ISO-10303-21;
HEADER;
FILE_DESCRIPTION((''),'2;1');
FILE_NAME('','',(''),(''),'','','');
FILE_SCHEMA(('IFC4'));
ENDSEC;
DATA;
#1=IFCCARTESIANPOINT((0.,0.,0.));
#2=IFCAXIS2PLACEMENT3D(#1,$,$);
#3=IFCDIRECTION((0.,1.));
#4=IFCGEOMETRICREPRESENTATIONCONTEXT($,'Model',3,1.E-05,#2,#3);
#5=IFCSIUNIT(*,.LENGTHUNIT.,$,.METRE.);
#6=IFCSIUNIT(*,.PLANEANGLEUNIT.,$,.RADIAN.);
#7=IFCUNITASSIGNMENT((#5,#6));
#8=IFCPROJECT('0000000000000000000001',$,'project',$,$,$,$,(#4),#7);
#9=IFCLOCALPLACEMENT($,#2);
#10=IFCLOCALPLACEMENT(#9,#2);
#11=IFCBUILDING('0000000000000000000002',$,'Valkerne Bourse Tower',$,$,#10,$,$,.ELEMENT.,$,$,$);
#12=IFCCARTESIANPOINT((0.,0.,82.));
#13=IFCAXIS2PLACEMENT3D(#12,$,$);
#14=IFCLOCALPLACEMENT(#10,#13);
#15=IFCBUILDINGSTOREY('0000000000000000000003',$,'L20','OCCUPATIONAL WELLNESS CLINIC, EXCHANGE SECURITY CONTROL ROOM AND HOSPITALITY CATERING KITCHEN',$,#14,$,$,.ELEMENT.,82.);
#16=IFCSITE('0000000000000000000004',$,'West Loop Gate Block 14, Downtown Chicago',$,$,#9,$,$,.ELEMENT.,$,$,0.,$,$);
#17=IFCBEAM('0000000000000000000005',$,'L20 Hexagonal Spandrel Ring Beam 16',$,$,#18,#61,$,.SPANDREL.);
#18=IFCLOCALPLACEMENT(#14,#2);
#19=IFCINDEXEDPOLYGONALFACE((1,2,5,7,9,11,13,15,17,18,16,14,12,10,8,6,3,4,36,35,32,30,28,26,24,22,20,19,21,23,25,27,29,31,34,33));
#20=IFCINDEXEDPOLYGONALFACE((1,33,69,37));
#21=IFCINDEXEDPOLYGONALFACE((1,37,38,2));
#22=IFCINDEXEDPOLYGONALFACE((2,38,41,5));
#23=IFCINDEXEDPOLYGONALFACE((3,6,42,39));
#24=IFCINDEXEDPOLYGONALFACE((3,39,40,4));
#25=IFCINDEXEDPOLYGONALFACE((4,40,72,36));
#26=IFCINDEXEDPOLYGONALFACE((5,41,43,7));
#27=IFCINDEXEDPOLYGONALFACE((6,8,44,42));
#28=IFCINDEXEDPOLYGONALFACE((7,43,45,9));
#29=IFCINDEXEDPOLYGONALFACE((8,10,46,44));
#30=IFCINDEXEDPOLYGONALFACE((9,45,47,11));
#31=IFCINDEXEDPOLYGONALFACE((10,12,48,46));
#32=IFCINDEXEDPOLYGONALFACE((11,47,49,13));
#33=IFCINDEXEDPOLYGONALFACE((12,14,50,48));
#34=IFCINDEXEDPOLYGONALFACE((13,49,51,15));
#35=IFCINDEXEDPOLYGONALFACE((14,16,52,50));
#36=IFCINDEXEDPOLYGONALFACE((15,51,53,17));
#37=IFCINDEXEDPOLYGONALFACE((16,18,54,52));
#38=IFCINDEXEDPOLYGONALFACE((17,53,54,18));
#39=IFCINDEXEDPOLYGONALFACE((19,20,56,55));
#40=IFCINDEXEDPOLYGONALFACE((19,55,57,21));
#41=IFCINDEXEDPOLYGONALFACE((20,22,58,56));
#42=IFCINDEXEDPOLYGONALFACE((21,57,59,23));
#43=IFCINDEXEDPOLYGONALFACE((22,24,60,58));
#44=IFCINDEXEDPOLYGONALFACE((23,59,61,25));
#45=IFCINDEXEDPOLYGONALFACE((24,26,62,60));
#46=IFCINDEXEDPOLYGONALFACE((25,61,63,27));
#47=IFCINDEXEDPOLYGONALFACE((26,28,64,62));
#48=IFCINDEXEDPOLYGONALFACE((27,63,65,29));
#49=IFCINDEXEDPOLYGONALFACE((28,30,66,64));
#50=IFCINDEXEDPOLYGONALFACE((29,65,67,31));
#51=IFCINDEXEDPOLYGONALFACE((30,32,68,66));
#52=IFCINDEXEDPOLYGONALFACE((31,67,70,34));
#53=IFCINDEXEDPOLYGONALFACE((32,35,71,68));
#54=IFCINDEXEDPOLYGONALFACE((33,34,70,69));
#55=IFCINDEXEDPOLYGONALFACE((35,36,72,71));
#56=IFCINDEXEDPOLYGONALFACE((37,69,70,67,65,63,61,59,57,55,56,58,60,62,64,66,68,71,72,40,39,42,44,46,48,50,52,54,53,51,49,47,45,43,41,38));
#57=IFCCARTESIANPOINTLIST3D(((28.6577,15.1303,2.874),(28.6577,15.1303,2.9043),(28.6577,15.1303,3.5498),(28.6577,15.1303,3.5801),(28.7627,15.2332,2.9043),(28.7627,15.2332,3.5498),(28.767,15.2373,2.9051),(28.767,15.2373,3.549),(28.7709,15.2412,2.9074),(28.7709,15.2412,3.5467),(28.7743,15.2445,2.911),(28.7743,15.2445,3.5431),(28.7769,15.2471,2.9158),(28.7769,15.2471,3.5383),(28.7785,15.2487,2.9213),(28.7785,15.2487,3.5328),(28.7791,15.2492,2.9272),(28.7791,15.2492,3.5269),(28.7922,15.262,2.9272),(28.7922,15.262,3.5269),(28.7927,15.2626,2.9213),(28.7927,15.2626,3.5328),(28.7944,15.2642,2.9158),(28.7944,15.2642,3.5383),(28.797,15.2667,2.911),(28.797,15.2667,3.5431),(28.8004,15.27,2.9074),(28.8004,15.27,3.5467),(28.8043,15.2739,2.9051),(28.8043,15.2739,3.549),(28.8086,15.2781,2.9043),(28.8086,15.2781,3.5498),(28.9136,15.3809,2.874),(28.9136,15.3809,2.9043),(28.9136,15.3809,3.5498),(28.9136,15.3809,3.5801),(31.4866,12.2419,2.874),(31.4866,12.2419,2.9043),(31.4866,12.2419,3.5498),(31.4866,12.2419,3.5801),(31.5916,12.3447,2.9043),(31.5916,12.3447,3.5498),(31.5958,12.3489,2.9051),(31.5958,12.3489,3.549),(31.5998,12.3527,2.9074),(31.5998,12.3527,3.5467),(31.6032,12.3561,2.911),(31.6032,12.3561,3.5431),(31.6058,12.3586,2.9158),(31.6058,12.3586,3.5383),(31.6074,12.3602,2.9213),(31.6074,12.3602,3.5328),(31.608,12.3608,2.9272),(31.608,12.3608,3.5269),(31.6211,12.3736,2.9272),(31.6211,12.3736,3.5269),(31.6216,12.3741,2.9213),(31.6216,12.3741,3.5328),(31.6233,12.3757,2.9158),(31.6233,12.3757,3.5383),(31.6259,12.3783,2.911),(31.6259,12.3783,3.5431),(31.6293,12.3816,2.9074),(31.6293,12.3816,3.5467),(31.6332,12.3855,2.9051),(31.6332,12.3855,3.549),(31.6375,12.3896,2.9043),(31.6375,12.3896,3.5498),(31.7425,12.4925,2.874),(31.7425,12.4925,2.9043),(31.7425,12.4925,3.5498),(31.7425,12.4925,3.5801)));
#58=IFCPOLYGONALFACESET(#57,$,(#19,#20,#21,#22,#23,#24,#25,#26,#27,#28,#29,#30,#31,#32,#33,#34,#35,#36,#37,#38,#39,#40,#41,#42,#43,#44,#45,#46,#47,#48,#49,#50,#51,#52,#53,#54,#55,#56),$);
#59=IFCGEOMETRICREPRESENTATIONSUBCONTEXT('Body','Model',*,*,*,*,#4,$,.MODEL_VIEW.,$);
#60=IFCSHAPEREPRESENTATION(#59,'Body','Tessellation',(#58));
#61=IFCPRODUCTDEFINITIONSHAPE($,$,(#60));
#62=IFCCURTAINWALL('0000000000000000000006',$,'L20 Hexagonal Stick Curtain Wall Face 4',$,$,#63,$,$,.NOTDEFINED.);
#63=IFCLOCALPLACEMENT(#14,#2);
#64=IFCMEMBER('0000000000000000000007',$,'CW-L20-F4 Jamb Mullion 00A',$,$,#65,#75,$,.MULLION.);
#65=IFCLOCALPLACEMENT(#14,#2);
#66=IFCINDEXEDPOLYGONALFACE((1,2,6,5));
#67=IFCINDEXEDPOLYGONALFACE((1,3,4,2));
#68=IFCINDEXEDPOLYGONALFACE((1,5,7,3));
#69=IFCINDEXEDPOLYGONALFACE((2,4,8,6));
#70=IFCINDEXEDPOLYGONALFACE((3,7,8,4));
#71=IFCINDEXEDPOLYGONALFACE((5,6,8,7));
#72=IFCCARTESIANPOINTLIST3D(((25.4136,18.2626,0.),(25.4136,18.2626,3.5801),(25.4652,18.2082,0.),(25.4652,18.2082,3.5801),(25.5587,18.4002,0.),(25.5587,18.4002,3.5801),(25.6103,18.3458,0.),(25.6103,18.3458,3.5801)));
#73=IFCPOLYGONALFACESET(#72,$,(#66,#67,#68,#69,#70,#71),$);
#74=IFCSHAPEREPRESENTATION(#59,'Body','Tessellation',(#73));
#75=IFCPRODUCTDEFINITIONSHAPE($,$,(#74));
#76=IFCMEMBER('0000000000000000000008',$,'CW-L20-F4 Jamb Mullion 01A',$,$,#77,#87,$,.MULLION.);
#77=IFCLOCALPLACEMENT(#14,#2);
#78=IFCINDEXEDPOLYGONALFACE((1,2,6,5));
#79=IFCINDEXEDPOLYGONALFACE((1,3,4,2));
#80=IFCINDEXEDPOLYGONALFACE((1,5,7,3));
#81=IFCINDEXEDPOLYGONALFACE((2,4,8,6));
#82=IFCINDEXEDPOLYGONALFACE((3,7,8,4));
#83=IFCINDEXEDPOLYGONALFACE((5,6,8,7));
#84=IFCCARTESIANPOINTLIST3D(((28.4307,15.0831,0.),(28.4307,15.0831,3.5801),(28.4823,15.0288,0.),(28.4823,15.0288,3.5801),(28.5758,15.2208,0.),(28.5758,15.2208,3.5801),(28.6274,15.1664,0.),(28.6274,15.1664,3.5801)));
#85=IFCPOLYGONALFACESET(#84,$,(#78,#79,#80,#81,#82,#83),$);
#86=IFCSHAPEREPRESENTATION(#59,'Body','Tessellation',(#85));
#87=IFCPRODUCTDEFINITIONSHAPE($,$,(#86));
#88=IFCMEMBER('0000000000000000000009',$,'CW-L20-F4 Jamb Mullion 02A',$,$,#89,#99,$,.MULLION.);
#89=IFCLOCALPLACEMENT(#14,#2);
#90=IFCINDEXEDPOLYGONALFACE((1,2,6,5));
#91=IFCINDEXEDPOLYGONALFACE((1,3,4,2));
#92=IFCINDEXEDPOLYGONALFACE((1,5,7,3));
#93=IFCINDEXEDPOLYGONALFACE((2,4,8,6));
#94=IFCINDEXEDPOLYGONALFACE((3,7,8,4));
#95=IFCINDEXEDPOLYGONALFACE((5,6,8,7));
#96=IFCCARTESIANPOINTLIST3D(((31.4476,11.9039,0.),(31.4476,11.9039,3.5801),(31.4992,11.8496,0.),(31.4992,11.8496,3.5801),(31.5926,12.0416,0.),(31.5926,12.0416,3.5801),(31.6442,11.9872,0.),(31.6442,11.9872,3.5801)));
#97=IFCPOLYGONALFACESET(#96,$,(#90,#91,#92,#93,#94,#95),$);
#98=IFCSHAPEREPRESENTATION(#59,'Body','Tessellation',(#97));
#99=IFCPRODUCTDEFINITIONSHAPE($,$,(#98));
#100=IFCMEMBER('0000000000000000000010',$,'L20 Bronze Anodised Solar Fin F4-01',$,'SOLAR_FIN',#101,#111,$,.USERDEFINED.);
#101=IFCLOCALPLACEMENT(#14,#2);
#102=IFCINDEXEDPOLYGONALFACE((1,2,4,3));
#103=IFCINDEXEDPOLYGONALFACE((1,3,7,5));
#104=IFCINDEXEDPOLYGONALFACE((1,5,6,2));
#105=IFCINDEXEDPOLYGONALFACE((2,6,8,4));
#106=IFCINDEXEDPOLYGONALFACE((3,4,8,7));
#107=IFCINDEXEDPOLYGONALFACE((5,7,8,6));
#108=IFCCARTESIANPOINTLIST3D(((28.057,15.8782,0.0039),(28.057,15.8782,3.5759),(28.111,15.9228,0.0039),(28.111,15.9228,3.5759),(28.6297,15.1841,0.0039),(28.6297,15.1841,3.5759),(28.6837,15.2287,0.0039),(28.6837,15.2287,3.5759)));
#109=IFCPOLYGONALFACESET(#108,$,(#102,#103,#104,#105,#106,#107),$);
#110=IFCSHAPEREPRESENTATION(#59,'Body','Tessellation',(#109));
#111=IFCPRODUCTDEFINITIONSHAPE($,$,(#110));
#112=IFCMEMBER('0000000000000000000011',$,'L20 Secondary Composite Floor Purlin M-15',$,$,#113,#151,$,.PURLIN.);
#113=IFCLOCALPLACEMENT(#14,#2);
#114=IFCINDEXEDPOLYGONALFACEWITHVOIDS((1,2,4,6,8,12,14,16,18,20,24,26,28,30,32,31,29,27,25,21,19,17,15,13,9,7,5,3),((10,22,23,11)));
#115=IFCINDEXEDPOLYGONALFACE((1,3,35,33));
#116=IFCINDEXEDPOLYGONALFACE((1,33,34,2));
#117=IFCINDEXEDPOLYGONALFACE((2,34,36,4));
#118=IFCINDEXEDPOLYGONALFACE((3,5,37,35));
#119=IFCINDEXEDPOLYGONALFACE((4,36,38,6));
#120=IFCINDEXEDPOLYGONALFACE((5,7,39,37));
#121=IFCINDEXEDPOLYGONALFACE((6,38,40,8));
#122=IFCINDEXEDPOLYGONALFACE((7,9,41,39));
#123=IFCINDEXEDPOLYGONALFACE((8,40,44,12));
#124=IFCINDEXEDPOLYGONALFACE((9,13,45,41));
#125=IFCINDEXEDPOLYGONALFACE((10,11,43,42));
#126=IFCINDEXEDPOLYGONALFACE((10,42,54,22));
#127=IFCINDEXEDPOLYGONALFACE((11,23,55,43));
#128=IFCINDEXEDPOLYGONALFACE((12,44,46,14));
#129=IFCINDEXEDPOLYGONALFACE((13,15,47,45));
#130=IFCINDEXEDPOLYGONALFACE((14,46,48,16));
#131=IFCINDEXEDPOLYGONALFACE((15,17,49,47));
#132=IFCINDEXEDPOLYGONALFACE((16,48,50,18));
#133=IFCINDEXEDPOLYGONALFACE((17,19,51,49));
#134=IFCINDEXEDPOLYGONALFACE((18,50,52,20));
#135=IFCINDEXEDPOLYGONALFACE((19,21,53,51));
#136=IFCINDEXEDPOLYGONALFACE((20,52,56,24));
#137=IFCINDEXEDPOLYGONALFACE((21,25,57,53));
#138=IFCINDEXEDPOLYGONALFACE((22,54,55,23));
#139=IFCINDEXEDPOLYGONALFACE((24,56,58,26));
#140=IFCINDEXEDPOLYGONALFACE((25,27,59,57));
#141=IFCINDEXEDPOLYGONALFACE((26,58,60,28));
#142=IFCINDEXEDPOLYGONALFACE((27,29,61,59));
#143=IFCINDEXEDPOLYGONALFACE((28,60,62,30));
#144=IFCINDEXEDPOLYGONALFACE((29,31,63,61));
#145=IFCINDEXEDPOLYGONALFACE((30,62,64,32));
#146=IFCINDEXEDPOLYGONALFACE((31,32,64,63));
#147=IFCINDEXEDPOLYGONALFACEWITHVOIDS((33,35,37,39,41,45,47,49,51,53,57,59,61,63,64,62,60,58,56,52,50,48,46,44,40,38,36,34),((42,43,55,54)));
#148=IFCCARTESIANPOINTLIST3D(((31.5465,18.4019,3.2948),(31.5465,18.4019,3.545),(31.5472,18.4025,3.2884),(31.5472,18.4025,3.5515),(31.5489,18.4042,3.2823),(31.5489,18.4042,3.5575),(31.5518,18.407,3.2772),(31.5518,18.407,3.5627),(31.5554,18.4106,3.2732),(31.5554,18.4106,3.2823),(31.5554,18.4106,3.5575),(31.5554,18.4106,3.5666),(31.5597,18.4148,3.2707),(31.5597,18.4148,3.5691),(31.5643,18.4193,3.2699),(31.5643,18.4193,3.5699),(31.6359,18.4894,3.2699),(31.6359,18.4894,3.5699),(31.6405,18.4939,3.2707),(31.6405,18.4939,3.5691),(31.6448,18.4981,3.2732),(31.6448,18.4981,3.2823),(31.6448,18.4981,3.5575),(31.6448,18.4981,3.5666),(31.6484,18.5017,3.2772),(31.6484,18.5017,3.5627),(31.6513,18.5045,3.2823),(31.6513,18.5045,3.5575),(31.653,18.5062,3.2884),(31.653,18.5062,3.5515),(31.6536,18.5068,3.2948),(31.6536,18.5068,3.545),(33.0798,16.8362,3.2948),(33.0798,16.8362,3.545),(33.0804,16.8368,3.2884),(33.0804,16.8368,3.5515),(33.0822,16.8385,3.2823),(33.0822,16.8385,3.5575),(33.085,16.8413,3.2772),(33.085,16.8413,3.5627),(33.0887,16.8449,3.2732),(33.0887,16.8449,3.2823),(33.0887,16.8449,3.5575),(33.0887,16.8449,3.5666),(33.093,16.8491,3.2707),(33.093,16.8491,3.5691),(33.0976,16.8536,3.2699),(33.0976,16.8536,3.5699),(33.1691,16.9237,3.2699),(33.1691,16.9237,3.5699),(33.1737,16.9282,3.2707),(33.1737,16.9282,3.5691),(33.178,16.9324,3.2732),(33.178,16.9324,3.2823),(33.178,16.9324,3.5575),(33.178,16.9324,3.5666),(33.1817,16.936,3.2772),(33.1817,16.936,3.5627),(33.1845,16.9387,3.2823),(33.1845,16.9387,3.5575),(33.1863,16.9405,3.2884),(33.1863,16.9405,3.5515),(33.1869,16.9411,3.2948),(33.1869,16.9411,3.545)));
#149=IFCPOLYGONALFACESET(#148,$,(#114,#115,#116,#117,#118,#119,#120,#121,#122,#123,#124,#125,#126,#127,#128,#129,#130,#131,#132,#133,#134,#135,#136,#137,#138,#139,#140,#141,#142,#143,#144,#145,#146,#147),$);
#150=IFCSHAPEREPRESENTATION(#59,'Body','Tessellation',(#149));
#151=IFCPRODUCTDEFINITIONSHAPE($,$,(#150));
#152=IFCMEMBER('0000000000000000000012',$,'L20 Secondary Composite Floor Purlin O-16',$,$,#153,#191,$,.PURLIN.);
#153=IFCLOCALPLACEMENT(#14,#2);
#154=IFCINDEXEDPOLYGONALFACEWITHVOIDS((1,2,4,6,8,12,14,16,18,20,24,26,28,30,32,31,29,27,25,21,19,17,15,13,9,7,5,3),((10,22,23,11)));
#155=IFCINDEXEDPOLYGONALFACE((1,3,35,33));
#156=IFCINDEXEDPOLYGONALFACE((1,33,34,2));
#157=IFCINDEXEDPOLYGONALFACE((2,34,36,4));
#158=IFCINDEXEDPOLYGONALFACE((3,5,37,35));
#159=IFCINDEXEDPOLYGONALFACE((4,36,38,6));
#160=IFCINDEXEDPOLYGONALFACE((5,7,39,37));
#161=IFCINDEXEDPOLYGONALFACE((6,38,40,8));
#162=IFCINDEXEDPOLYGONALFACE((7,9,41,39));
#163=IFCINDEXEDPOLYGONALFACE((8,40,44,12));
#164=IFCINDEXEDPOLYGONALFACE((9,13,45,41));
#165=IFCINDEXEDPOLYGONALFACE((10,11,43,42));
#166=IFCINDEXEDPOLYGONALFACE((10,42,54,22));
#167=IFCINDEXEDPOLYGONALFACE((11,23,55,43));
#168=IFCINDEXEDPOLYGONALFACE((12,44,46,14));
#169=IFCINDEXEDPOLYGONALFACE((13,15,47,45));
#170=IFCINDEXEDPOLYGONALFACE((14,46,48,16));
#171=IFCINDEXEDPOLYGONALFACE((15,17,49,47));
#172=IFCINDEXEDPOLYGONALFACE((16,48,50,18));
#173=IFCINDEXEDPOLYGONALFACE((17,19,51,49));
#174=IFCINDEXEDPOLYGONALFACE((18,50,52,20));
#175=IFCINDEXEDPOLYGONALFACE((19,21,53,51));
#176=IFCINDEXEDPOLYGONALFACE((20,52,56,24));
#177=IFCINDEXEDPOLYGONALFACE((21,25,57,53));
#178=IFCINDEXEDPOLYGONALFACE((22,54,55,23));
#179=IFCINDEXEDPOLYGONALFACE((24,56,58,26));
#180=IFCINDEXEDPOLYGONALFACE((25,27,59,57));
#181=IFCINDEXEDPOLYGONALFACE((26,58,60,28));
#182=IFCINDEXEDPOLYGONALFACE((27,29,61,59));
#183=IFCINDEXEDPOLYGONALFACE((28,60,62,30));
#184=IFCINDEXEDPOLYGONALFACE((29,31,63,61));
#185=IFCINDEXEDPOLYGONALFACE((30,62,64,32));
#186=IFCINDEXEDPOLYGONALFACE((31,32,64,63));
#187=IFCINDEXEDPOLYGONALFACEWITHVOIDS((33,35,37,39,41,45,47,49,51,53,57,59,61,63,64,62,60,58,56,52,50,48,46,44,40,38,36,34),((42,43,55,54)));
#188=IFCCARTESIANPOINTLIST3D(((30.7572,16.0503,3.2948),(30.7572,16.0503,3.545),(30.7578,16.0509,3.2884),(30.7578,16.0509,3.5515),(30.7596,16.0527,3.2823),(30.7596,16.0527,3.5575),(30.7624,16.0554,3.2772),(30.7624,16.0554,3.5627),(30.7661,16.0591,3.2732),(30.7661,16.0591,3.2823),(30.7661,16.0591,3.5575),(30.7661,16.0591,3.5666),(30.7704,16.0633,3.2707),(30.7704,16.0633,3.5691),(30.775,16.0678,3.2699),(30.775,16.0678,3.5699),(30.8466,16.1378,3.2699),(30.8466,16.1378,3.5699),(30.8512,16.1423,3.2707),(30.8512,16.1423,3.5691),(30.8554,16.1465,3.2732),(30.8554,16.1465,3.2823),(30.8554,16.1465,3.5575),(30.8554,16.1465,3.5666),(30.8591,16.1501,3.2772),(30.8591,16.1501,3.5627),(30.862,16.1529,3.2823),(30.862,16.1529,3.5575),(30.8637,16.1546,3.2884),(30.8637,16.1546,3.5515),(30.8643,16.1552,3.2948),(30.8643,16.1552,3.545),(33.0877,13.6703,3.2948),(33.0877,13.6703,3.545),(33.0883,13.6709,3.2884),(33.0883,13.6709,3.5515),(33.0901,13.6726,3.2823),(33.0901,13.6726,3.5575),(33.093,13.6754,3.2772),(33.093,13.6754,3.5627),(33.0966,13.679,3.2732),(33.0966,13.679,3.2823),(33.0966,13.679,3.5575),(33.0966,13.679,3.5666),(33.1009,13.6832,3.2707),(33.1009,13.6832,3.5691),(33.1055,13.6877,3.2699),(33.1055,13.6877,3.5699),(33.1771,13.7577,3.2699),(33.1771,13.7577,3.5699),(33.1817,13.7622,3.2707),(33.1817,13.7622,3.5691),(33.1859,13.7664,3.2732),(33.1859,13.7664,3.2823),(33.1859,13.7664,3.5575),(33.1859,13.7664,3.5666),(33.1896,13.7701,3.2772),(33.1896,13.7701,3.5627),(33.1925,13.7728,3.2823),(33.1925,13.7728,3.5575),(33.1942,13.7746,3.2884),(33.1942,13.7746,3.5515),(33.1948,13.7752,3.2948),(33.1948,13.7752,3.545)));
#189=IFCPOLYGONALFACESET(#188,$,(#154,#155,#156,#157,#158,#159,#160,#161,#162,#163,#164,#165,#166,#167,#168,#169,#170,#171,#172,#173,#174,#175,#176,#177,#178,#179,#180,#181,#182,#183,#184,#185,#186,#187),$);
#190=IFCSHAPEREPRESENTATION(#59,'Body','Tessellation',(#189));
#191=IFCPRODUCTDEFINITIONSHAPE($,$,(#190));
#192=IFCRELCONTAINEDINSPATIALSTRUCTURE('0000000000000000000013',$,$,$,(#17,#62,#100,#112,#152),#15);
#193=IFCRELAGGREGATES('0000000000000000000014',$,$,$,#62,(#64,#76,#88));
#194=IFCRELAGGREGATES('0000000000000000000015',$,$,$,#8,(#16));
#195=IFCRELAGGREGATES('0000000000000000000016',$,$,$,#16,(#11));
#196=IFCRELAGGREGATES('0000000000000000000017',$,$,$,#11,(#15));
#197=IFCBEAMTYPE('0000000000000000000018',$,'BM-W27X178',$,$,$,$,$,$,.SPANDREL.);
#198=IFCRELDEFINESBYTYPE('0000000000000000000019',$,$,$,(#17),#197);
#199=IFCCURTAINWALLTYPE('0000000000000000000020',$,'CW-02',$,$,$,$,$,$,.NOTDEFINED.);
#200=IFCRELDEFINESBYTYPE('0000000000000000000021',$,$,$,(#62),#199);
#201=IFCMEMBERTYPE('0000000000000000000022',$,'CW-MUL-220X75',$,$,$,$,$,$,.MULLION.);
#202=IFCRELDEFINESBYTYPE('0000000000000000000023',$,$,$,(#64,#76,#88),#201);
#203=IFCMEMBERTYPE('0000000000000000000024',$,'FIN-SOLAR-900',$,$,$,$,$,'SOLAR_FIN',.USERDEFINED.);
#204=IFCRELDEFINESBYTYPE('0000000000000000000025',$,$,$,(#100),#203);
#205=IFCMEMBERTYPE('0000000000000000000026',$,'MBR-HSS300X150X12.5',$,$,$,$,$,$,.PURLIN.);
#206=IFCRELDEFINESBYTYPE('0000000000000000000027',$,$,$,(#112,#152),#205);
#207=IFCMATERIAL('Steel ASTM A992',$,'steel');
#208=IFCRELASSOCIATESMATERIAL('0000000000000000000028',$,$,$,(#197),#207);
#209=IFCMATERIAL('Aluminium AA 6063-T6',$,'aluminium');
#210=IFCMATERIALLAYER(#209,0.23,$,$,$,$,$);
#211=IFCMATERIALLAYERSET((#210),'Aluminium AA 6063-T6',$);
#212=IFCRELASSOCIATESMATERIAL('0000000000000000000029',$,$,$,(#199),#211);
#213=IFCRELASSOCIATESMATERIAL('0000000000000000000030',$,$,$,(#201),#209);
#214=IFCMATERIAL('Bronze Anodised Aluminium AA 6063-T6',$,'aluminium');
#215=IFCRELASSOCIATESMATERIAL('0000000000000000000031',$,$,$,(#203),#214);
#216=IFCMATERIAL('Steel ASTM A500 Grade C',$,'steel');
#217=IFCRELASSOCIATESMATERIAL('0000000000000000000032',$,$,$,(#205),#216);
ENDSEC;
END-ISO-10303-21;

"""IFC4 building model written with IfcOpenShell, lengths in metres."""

from ifc_helpers import new_model, si_unit, direction, frame, origin, origin_2d, place, context, subcontext, project, spatial, rectangle, hollow_rectangle, i_section, extrude, material, layer, layer_set, material_profile, profile_set, type_object, element, aggregate, save


model = new_model("IFC4")

# Units and contexts
model_context = context("Model", 3, precision=1e-05, world=origin(), true_north=direction((0.0, 1.0)))
body_context = subcontext(model_context, "Body", "Model", "MODEL_VIEW")
ifc_project = project(units=[si_unit("LENGTHUNIT", "METRE"), si_unit("PLANEANGLEUNIT", "RADIAN")], contexts=[model_context])

# Site, building, storey
site_placement = place(None, origin())
site = spatial("IfcSite", under=ifc_project, at=site_placement, Name="West Loop Gate Block 14, Downtown Chicago", CompositionType="ELEMENT", RefElevation=0.0)
building_placement = place(site_placement, origin())
building = spatial("IfcBuilding", under=site, at=building_placement, Name="Valkerne Bourse Tower", CompositionType="ELEMENT")
storey_placement = place(building_placement, frame((0.0, 0.0, 82.0)))
storey = spatial("IfcBuildingStorey", under=building, at=storey_placement, Name="L20", Description="OCCUPATIONAL WELLNESS CLINIC, EXCHANGE SECURITY CONTROL ROOM AND HOSPITALITY CATERING KITCHEN", CompositionType="ELEMENT", Elevation=82.0)

# Beam
ifc_material_1 = material(Name="Steel ASTM A992", Category="steel")
ifc_material_profile_1 = material_profile(ifc_material_1, i_section(OverallWidth=0.3582, OverallDepth=0.7061, WebThickness=0.0183, FlangeThickness=0.0303, FilletRadius=0.0229, at=origin_2d()), Name="W27X178")
ifc_profile_set_1 = profile_set([ifc_material_profile_1], Name="Steel ASTM A992")
beam_type_1 = type_object("IfcBeamType", Name="BM-W27X178", PredefinedType="SPANDREL", material=ifc_profile_set_1)
for number, where, z_axis, x_axis, name in (
    (1, (28.7856, 15.2556, 3.2271), (0.699701, -0.714436, 0.0), (0.714436, 0.699701, 0.0), "L20 Hexagonal Spandrel Ring Beam 16"),
):
    element("IfcBeam", number, at=place(storey_placement, frame(where, z_axis=z_axis, x_axis=x_axis)), inside=storey, type_object=beam_type_1, Name=name, PredefinedType="SPANDREL", context=body_context, shape_type="SweptSolid", body=[
        extrude(i_section(OverallWidth=0.3582, OverallDepth=0.7061, WebThickness=0.0183, FlangeThickness=0.0303, FilletRadius=0.0229, at=origin_2d()), origin(), (0.0, 0.0, 1.0), 4.043),
    ])

# Curtain wall, members
ifc_material_2 = material(Name="Aluminium AA 6063-T6", Category="aluminium")
ifc_layer_1 = layer(ifc_material_2, 0.23)
ifc_layer_set_1 = layer_set([ifc_layer_1], Name="Aluminium AA 6063-T6")
curtain_wall_type = type_object("IfcCurtainWallType", Name="CW-02", PredefinedType="NOTDEFINED", material=ifc_layer_set_1)
curtain_wall_placement = place(storey_placement, origin())
curtain_wall = element("IfcCurtainWall", 2, at=curtain_wall_placement, inside=storey, type_object=curtain_wall_type, Name="L20 Hexagonal Stick Curtain Wall Face 4", PredefinedType="NOTDEFINED")
ifc_material_profile_2 = material_profile(ifc_material_2, rectangle(XDim=0.075, YDim=0.2, at=origin_2d()), Name="CWM-75X200")
ifc_profile_set_2 = profile_set([ifc_material_profile_2], Name="Aluminium AA 6063-T6")
member_type_1 = type_object("IfcMemberType", Name="CW-MUL-220X75", PredefinedType="MULLION", material=ifc_profile_set_2)
member_1_placement = place(storey_placement, frame((25.512, 18.3042, 0.0), z_axis=(0.0, 0.0, 1.0), x_axis=(0.688361, -0.725368, 0.0)))
member_1 = element("IfcMember", 3, at=member_1_placement, type_object=member_type_1, Name="CW-L20-F4 Jamb Mullion 00A", PredefinedType="MULLION", context=body_context, shape_type="SweptSolid", body=[
    extrude(rectangle(XDim=0.075, YDim=0.2, at=origin_2d()), origin(), (0.0, 0.0, 1.0), 3.5801),
])
member_2_placement = place(storey_placement, frame((28.5291, 15.1248, 0.0), z_axis=(0.0, 0.0, 1.0), x_axis=(0.688349, -0.725379, 0.0)))
member_2 = element("IfcMember", 4, at=member_2_placement, type_object=member_type_1, Name="CW-L20-F4 Jamb Mullion 01A", PredefinedType="MULLION", context=body_context, shape_type="SweptSolid", body=[
    extrude(rectangle(XDim=0.075, YDim=0.2, at=origin_2d()), origin(), (0.0, 0.0, 1.0), 3.5801),
])
member_3_placement = place(storey_placement, frame((31.5459, 11.9456, 0.0), z_axis=(0.0, 0.0, 1.0), x_axis=(0.688361, -0.725368, 0.0)))
member_3 = element("IfcMember", 5, at=member_3_placement, type_object=member_type_1, Name="CW-L20-F4 Jamb Mullion 02A", PredefinedType="MULLION", context=body_context, shape_type="SweptSolid", body=[
    extrude(rectangle(XDim=0.075, YDim=0.2, at=origin_2d()), origin(), (0.0, 0.0, 1.0), 3.5801),
])

# Members
ifc_material_3 = material(Name="Bronze Anodised Aluminium AA 6063-T6", Category="aluminium")
ifc_material_profile_3 = material_profile(ifc_material_3, rectangle(XDim=0.0701, YDim=0.8999, at=origin_2d()), Name="FIN-70X900")
ifc_profile_set_3 = profile_set([ifc_material_profile_3], Name="Bronze Anodised Aluminium AA 6063-T6")
member_type_2 = type_object("IfcMemberType", Name="FIN-SOLAR-900", ElementType="SOLAR_FIN", PredefinedType="USERDEFINED", material=ifc_profile_set_3)
member_4_placement = place(storey_placement, frame((28.3704, 15.5535, 0.0039), z_axis=(0.0, 0.0, 1.0), x_axis=(-0.771366, -0.636392, 0.0)))
element("IfcMember", 6, at=member_4_placement, inside=storey, type_object=member_type_2, Name="L20 Bronze Anodised Solar Fin F4-01", ObjectType="SOLAR_FIN", PredefinedType="USERDEFINED", context=body_context, shape_type="SweptSolid", body=[
    extrude(rectangle(XDim=0.0701, YDim=0.8999, at=origin_2d()), origin(), (0.0, 0.0, 1.0), 3.572),
])
ifc_material_4 = material(Name="Steel ASTM A500 Grade C", Category="steel")
ifc_material_profile_4 = material_profile(ifc_material_4, hollow_rectangle(XDim=0.1499, YDim=0.3, WallThickness=0.0125, OuterFilletRadius=0.0249, at=origin_2d()), Name="HSS300X150X12.5")
ifc_profile_set_4 = profile_set([ifc_material_profile_4], Name="Steel ASTM A500 Grade C")
member_type_3 = type_object("IfcMemberType", Name="MBR-HSS300X150X12.5", PredefinedType="PURLIN", material=ifc_profile_set_4)
member_5_placement = place(storey_placement, frame((31.6001, 18.4543, 3.4199), z_axis=(0.699659, -0.714477, 0.0), x_axis=(0.714477, 0.699659, 0.0)))
element("IfcMember", 7, at=member_5_placement, inside=storey, type_object=member_type_3, Name="L20 Secondary Composite Floor Purlin M-15", PredefinedType="PURLIN", context=body_context, shape_type="SweptSolid", body=[
    extrude(hollow_rectangle(XDim=0.1499, YDim=0.3, WallThickness=0.0125, OuterFilletRadius=0.0249, at=origin_2d()), origin(), (0.0, 0.0, 1.0), 2.1914),
])
member_6_placement = place(storey_placement, frame((30.8108, 16.1028, 3.4199), z_axis=(0.699629, -0.714507, 0.0), x_axis=(0.714507, 0.699629, 0.0)))
element("IfcMember", 8, at=member_6_placement, inside=storey, type_object=member_type_3, Name="L20 Secondary Composite Floor Purlin O-16", PredefinedType="PURLIN", context=body_context, shape_type="SweptSolid", body=[
    extrude(hollow_rectangle(XDim=0.1499, YDim=0.3, WallThickness=0.0125, OuterFilletRadius=0.0249, at=origin_2d()), origin(), (0.0, 0.0, 1.0), 3.3311),
])

aggregate(curtain_wall, [member_1, member_2, member_3])

save(model, "model.ifc")
